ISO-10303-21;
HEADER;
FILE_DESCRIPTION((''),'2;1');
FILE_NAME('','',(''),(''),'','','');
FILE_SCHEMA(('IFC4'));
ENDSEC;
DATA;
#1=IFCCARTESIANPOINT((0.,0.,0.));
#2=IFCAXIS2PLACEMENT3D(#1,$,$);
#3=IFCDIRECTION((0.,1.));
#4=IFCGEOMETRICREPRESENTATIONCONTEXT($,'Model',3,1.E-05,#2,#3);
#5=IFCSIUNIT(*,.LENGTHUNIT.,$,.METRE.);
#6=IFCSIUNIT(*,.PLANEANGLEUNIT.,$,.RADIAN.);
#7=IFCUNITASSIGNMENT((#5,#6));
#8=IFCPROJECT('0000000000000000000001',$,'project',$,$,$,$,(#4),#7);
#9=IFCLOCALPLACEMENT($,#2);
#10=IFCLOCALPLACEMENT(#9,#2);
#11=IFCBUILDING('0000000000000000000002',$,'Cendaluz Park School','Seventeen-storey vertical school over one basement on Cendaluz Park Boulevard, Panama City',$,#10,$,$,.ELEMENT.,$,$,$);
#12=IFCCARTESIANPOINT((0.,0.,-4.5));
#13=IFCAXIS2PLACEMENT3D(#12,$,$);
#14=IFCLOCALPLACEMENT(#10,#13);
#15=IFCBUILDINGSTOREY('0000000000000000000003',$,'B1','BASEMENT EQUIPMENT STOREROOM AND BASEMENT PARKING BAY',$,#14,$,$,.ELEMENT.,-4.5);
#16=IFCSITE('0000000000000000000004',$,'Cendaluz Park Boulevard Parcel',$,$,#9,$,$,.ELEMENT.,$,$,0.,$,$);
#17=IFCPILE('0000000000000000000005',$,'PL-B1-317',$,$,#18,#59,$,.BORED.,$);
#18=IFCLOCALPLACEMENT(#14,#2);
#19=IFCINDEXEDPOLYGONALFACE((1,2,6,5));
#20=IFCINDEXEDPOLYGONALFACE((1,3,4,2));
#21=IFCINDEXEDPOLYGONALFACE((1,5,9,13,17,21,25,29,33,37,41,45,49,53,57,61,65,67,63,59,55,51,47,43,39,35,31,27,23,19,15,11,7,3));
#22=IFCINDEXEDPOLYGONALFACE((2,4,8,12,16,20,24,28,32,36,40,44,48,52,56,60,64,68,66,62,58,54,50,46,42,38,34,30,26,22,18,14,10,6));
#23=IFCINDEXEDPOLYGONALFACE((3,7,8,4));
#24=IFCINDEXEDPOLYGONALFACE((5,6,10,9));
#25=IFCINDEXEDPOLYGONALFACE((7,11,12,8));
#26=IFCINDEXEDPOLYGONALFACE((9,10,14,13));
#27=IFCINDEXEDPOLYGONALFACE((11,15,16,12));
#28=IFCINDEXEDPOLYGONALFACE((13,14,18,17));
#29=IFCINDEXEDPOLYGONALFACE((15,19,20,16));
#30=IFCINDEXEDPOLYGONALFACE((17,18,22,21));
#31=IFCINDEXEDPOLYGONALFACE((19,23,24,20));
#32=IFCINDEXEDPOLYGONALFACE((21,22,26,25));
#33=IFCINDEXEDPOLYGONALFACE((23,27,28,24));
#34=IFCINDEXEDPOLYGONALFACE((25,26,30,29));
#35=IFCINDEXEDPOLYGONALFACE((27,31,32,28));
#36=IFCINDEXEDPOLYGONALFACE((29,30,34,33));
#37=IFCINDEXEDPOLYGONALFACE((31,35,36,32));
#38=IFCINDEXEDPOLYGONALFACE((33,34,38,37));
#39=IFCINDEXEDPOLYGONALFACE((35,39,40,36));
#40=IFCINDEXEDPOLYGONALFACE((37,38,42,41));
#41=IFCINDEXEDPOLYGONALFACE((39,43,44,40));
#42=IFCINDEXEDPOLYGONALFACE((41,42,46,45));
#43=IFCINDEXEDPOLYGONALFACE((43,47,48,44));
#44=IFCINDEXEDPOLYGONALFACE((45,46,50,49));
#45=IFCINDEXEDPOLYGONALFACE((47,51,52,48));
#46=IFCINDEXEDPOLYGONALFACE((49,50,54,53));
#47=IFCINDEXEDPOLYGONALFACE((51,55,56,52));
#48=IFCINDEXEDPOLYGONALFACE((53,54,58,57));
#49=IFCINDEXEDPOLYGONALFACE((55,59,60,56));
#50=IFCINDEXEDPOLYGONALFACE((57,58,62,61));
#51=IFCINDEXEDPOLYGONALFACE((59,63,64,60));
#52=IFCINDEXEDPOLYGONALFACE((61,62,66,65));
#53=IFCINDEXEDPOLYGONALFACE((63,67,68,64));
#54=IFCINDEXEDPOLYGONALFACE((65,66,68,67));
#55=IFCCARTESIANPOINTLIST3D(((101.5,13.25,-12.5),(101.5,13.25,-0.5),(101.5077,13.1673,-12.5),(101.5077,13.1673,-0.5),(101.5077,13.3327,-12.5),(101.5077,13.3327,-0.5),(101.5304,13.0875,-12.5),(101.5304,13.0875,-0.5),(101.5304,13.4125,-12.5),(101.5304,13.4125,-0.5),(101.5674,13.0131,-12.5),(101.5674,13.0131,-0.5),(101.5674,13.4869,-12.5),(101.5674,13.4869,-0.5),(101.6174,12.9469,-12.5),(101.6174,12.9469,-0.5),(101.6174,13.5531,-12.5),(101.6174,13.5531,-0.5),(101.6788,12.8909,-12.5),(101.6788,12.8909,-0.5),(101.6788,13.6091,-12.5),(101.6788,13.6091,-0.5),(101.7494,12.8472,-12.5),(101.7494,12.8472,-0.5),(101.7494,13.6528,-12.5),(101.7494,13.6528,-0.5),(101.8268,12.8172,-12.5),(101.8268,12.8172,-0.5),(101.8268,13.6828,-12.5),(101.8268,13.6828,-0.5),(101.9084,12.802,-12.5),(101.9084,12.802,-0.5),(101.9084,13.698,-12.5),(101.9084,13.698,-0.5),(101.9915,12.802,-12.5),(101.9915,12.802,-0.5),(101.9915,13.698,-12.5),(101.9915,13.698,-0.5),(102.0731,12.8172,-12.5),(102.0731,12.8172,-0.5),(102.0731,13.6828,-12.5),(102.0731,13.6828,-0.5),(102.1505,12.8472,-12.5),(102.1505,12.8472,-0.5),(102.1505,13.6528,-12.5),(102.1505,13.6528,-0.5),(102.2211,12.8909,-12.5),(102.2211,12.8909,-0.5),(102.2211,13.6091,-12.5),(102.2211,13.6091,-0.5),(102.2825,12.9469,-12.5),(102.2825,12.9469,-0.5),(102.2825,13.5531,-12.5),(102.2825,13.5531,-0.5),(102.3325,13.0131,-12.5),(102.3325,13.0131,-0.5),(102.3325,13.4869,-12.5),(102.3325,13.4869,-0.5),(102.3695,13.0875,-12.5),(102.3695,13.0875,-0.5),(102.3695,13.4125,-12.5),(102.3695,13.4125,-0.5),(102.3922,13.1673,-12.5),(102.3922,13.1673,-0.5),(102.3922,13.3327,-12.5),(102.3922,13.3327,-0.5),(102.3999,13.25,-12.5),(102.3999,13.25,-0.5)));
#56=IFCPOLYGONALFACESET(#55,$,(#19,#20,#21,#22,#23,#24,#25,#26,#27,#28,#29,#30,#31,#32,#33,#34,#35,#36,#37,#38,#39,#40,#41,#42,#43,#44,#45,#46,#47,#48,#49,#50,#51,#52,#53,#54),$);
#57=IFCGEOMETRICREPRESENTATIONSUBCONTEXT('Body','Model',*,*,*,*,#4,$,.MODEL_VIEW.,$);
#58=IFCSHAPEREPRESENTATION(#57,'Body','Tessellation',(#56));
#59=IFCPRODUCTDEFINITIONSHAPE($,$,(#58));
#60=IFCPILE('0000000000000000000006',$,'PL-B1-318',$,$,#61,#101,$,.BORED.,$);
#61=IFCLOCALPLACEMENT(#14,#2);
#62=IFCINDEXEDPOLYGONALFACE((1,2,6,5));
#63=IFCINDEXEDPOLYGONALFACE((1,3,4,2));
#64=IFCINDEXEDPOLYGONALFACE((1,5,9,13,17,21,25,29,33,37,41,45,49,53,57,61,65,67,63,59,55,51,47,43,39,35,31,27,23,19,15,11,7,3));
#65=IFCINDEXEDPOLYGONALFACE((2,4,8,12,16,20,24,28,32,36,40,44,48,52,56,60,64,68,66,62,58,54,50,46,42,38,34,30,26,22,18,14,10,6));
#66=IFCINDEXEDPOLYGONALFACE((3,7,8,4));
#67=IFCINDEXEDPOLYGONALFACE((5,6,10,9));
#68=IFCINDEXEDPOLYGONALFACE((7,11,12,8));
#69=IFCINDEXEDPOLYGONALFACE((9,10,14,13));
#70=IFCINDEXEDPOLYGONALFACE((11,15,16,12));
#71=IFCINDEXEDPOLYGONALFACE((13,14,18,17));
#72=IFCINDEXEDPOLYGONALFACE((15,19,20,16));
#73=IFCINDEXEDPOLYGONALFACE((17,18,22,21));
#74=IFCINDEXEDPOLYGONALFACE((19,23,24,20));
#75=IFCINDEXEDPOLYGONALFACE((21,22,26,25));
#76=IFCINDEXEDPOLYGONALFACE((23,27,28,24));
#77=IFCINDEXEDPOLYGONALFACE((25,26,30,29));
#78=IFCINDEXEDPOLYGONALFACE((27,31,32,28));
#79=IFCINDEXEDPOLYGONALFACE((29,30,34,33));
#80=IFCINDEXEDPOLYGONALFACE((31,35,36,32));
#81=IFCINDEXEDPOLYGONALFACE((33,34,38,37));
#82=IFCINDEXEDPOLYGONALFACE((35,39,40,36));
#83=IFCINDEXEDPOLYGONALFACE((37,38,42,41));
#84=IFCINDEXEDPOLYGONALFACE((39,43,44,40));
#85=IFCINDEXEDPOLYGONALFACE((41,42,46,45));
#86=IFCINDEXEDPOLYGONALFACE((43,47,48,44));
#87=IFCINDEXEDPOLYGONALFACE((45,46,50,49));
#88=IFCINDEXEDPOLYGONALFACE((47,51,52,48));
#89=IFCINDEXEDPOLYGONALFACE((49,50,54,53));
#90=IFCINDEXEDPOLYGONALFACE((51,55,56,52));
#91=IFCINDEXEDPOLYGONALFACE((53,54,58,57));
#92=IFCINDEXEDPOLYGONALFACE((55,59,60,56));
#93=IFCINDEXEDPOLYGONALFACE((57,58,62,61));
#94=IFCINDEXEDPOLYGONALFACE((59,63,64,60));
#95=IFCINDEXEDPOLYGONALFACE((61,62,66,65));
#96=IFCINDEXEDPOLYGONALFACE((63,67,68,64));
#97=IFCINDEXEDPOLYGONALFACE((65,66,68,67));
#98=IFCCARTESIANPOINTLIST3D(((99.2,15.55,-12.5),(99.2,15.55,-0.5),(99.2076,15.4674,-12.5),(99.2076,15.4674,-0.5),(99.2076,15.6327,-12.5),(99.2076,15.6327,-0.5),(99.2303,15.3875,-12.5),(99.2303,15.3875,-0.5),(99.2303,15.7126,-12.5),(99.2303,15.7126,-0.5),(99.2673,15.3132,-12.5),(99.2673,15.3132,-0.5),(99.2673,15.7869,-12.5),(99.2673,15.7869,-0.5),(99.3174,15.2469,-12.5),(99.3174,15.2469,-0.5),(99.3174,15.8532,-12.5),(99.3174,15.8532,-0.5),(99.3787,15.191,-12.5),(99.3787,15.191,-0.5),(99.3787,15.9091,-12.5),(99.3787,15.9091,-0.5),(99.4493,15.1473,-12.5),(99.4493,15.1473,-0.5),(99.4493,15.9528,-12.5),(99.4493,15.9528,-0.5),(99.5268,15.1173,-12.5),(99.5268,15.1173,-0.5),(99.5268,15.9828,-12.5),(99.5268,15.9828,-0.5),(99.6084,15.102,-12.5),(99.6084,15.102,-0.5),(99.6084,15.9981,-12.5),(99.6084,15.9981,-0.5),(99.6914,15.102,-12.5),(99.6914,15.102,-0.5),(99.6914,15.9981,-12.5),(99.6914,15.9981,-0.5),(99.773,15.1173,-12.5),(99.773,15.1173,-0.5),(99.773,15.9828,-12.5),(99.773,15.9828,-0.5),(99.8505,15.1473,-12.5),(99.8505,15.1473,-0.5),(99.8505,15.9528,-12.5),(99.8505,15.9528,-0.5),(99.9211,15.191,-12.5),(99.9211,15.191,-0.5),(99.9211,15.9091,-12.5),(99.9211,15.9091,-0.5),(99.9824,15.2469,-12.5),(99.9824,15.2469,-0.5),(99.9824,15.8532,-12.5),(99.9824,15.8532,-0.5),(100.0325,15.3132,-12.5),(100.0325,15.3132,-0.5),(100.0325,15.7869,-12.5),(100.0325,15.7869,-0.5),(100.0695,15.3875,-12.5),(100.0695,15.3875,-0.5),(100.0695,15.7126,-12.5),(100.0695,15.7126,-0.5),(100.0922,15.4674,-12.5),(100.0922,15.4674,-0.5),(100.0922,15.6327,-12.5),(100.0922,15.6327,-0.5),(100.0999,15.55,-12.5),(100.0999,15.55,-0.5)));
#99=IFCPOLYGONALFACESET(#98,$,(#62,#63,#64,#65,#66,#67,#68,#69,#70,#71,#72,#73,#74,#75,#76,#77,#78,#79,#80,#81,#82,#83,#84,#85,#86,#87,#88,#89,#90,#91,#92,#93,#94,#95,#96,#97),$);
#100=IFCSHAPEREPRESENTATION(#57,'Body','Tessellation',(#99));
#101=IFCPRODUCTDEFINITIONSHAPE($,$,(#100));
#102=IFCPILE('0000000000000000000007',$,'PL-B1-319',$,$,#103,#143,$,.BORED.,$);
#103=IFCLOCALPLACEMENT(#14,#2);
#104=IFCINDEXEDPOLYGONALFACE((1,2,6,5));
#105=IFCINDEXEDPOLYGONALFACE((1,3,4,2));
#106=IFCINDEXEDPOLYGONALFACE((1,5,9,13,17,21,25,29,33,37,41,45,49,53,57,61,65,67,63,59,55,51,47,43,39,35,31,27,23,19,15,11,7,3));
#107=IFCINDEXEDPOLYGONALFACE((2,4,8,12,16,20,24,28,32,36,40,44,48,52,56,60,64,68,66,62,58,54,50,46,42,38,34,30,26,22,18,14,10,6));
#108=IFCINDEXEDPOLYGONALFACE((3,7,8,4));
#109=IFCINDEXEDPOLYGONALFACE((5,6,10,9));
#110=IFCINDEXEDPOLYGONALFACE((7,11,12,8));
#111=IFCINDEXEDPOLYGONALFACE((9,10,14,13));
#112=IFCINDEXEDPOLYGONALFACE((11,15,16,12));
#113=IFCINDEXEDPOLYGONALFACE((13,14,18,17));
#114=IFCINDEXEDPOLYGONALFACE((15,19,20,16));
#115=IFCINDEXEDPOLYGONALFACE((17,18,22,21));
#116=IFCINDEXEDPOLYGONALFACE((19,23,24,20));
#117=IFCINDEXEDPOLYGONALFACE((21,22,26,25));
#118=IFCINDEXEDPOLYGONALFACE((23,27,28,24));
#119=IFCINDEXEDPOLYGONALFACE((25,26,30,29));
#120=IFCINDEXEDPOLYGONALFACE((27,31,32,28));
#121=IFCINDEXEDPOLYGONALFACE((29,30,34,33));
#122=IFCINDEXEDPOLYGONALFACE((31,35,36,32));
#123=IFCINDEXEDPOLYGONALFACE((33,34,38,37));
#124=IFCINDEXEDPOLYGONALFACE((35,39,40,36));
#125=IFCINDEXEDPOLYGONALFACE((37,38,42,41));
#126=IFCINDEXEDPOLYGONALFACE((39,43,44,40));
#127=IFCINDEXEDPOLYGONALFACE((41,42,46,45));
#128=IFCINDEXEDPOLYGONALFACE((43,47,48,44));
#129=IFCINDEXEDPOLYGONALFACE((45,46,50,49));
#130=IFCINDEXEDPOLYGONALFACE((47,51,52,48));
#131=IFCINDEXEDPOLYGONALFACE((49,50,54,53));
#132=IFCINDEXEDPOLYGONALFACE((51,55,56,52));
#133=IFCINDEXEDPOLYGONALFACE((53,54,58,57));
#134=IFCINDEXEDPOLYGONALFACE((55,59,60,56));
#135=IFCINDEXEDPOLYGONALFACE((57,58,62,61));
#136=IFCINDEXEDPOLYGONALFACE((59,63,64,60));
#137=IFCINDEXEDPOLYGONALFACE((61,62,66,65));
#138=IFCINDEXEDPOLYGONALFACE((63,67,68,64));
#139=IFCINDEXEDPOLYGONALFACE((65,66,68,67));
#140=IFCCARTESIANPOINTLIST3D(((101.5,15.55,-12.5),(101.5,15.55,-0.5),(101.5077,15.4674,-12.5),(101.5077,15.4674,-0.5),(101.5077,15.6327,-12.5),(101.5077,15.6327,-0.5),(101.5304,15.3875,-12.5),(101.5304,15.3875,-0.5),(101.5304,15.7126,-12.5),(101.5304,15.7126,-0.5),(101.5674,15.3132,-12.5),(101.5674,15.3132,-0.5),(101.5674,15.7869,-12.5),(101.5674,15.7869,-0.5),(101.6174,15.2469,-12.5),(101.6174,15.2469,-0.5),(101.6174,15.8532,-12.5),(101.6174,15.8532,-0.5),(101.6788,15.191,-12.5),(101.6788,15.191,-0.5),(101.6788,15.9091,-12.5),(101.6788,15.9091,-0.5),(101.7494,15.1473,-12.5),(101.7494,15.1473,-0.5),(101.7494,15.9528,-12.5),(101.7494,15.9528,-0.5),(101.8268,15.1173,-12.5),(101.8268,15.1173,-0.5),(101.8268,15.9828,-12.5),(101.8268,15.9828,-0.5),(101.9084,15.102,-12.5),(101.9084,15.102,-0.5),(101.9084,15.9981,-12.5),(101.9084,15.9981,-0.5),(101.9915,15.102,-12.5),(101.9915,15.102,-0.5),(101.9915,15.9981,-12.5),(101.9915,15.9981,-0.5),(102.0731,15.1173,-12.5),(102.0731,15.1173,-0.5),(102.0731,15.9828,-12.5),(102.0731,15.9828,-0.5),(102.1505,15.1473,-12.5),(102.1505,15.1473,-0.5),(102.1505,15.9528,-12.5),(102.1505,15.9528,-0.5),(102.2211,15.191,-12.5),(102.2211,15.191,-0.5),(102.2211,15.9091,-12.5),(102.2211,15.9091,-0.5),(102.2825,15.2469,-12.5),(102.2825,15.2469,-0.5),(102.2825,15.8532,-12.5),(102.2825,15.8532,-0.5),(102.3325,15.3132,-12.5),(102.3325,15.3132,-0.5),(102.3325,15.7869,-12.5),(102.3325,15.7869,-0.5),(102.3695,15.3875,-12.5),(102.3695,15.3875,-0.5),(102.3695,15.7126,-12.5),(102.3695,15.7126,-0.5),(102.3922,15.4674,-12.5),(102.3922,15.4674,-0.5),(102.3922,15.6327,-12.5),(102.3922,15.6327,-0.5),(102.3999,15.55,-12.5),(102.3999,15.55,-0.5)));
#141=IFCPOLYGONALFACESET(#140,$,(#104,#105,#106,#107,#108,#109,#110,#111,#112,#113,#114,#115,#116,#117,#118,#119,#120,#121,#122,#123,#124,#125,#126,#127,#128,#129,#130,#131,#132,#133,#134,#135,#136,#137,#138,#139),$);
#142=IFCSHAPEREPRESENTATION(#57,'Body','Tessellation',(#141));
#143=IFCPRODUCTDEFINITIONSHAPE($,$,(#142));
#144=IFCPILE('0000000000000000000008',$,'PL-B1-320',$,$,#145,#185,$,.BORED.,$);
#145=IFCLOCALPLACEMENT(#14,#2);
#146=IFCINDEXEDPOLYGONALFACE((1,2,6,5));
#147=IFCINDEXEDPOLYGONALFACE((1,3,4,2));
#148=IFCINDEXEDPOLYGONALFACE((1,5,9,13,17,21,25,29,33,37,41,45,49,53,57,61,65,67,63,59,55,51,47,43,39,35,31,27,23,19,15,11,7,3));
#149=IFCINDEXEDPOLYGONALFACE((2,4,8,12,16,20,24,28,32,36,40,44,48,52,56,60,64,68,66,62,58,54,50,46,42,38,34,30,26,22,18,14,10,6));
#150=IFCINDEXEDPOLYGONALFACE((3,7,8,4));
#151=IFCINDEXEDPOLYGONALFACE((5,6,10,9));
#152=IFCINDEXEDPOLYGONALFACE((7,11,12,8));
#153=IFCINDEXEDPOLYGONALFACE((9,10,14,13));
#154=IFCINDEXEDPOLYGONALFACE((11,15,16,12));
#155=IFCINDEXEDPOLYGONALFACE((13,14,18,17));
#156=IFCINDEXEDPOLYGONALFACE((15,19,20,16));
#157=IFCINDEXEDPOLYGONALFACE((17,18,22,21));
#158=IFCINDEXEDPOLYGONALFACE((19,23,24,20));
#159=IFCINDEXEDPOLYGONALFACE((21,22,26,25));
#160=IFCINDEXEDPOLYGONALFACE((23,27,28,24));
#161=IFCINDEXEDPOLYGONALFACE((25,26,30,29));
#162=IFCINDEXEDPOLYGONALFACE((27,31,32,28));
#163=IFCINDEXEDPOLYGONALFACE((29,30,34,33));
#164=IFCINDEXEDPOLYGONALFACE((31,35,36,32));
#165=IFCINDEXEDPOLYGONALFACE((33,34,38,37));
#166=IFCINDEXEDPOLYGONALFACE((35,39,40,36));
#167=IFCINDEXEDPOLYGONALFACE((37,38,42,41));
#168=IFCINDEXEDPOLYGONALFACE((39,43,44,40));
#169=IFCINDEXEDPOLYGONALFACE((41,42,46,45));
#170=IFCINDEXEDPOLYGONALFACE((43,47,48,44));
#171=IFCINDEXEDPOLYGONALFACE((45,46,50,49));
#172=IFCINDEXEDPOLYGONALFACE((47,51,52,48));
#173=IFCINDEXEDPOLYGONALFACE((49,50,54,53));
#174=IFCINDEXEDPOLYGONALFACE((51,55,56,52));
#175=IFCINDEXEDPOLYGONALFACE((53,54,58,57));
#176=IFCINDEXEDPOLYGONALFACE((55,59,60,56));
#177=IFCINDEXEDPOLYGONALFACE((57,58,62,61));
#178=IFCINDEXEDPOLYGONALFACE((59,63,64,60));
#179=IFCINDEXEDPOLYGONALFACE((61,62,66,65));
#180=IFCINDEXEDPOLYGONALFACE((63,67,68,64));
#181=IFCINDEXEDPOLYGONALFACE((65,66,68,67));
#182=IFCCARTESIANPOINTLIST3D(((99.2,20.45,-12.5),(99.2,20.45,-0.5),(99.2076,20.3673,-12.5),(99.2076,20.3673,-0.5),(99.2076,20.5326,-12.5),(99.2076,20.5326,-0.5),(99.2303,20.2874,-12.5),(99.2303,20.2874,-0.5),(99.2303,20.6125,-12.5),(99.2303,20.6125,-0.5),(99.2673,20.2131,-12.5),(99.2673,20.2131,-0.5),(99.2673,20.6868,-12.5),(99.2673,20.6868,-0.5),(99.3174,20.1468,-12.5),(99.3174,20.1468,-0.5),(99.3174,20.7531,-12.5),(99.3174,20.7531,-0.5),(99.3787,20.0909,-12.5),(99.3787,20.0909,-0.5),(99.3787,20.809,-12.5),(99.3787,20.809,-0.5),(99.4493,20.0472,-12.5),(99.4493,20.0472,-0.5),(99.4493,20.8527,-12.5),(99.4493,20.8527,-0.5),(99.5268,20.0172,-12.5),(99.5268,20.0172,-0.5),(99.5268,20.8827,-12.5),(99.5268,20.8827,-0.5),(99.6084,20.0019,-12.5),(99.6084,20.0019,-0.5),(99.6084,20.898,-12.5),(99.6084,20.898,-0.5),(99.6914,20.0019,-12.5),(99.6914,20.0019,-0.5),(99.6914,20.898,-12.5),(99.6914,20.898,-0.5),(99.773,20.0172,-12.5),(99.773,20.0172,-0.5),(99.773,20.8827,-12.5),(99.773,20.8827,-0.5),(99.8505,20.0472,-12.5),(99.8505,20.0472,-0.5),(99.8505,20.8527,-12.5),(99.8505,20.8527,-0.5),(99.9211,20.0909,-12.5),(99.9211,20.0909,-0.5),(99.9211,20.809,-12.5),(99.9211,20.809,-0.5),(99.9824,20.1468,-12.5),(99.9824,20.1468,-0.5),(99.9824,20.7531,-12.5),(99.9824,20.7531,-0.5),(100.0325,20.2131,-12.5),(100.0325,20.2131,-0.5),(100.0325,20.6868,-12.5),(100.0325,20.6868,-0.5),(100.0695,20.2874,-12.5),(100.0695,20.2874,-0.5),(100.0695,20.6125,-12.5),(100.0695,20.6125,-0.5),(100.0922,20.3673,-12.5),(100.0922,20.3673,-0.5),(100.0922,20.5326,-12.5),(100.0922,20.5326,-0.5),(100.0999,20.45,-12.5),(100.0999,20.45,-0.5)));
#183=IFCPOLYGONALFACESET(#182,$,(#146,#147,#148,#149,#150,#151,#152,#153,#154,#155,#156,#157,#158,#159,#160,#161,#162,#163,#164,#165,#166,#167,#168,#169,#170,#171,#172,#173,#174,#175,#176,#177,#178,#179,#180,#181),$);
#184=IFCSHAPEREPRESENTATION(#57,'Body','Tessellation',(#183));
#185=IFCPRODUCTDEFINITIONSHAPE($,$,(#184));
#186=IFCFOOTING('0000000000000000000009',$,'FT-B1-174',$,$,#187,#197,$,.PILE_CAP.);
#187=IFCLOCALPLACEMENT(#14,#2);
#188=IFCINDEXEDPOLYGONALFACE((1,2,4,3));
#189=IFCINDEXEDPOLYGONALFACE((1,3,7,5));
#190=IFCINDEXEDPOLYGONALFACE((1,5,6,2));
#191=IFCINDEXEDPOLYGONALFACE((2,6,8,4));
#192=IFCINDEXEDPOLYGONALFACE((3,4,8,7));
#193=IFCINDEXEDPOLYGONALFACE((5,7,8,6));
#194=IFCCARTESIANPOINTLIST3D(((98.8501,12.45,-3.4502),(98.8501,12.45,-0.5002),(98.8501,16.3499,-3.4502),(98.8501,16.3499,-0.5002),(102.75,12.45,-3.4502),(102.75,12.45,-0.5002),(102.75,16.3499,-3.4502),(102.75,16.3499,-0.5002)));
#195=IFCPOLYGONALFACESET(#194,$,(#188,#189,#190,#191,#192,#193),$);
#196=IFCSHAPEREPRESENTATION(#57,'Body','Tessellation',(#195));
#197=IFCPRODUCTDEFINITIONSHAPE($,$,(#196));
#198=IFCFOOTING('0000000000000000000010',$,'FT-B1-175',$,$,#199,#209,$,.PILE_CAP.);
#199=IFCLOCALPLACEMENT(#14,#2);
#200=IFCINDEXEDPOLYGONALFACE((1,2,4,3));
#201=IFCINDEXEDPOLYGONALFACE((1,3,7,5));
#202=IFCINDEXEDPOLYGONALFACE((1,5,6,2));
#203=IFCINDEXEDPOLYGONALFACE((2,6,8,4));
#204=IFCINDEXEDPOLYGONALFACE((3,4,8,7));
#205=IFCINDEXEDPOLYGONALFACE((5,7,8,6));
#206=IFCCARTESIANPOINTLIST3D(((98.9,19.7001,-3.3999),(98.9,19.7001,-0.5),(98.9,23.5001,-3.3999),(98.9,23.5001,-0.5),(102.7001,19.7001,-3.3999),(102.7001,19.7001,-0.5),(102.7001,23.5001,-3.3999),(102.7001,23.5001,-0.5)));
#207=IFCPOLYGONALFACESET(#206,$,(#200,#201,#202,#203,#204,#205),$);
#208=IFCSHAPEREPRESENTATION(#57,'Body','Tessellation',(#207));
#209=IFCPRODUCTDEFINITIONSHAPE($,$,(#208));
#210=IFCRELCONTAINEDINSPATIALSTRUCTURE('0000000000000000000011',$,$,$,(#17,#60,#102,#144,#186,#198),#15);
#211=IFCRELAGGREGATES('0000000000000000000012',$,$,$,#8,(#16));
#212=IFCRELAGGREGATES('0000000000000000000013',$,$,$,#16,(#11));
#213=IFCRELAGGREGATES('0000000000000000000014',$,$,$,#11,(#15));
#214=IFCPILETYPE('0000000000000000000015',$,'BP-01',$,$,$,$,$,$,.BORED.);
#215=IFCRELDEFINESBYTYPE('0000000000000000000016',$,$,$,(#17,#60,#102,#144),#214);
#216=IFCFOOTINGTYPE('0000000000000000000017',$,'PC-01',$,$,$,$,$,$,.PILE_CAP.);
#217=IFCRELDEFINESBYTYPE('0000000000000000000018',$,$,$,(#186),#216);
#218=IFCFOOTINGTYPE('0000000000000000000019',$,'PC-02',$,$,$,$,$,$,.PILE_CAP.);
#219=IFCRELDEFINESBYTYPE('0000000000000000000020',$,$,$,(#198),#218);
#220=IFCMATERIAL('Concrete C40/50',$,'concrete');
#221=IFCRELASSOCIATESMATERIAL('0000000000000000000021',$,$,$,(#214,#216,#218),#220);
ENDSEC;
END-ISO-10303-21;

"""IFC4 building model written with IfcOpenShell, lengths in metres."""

from ifc_helpers import new_model, si_unit, direction, frame, origin, origin_2d, place, context, subcontext, project, spatial, rectangle, circle, extrude, material, material_profile, profile_set, type_object, element, save


model = new_model("IFC4")

# Units and contexts
model_context = context("Model", 3, precision=1e-05, world=origin(), true_north=direction((0.0, 1.0)))
body_context = subcontext(model_context, "Body", "Model", "MODEL_VIEW")
ifc_project = project(units=[si_unit("LENGTHUNIT", "METRE"), si_unit("PLANEANGLEUNIT", "RADIAN")], contexts=[model_context])

# Site, building, storey
site_placement = place(None, origin())
site = spatial("IfcSite", under=ifc_project, at=site_placement, Name="Cendaluz Park Boulevard Parcel", CompositionType="ELEMENT", RefElevation=0.0)
building_placement = place(site_placement, origin())
building = spatial("IfcBuilding", under=site, at=building_placement, Name="Cendaluz Park School", Description="Seventeen-storey vertical school over one basement on Cendaluz Park Boulevard, Panama City", CompositionType="ELEMENT")
storey_placement = place(building_placement, frame((0.0, 0.0, -4.5)))
storey = spatial("IfcBuildingStorey", under=building, at=storey_placement, Name="B1", Description="BASEMENT EQUIPMENT STOREROOM AND BASEMENT PARKING BAY", CompositionType="ELEMENT", Elevation=-4.5)

# Piles
ifc_material_1 = material(Name="Concrete C40/50", Category="concrete")
ifc_material_profile_1 = material_profile(ifc_material_1, circle(Radius=0.45, at=origin_2d()), Name="BP D900", Category="concrete")
ifc_profile_set_1 = profile_set([ifc_material_profile_1], Name="Concrete C40/50")
pile_type = type_object("IfcPileType", Name="BP-01", PredefinedType="BORED", material=ifc_profile_set_1)
for number, where, z_axis, x_axis, name in (
    (1, (101.95, 13.25, -0.5), (0.0, 0.0, -1.0), (1.0, 0.0, 0.0), "PL-B1-317"),
    (2, (99.6499, 15.55, -0.5), (0.0, 0.0, -1.0), (1.0, 0.0, 0.0), "PL-B1-318"),
    (3, (101.95, 15.55, -0.5), (0.0, 0.0, -1.0), (1.0, 0.0, 0.0), "PL-B1-319"),
    (4, (99.6499, 20.45, -0.5), (0.0, 0.0, -1.0), (1.0, 0.0, 0.0), "PL-B1-320"),
):
    element("IfcPile", number, at=place(storey_placement, frame(where, z_axis=z_axis, x_axis=x_axis)), inside=storey, type_object=pile_type, Name=name, PredefinedType="BORED", context=body_context, shape_type="SweptSolid", body=[
        extrude(circle(Radius=0.45, at=origin_2d()), origin(), (0.0, 0.0, 1.0), 12.0),
    ])

# Footings
footing_type_1 = type_object("IfcFootingType", Name="PC-01", PredefinedType="PILE_CAP", material=ifc_material_1)
footing_1_placement = place(storey_placement, frame((100.8, 14.3999, -3.4502), z_axis=(0.0, 0.0, 1.0), x_axis=(1.0, 0.0, 0.0)))
element("IfcFooting", 5, at=footing_1_placement, inside=storey, type_object=footing_type_1, Name="FT-B1-174", PredefinedType="PILE_CAP", context=body_context, shape_type="SweptSolid", body=[
    extrude(rectangle(XDim=3.8999, YDim=3.8999, at=origin_2d()), origin(), (0.0, 0.0, 1.0), 2.95),
])
footing_type_2 = type_object("IfcFootingType", Name="PC-02", PredefinedType="PILE_CAP", material=ifc_material_1)
footing_2_placement = place(storey_placement, frame((100.8, 21.6001, -3.3999), z_axis=(0.0, 0.0, 1.0), x_axis=(1.0, 0.0, 0.0)))
element("IfcFooting", 6, at=footing_2_placement, inside=storey, type_object=footing_type_2, Name="FT-B1-175", PredefinedType="PILE_CAP", context=body_context, shape_type="SweptSolid", body=[
    extrude(rectangle(XDim=3.8, YDim=3.8, at=origin_2d()), origin(), (0.0, 0.0, 1.0), 2.8999),
])

save(model, "model.ifc")
